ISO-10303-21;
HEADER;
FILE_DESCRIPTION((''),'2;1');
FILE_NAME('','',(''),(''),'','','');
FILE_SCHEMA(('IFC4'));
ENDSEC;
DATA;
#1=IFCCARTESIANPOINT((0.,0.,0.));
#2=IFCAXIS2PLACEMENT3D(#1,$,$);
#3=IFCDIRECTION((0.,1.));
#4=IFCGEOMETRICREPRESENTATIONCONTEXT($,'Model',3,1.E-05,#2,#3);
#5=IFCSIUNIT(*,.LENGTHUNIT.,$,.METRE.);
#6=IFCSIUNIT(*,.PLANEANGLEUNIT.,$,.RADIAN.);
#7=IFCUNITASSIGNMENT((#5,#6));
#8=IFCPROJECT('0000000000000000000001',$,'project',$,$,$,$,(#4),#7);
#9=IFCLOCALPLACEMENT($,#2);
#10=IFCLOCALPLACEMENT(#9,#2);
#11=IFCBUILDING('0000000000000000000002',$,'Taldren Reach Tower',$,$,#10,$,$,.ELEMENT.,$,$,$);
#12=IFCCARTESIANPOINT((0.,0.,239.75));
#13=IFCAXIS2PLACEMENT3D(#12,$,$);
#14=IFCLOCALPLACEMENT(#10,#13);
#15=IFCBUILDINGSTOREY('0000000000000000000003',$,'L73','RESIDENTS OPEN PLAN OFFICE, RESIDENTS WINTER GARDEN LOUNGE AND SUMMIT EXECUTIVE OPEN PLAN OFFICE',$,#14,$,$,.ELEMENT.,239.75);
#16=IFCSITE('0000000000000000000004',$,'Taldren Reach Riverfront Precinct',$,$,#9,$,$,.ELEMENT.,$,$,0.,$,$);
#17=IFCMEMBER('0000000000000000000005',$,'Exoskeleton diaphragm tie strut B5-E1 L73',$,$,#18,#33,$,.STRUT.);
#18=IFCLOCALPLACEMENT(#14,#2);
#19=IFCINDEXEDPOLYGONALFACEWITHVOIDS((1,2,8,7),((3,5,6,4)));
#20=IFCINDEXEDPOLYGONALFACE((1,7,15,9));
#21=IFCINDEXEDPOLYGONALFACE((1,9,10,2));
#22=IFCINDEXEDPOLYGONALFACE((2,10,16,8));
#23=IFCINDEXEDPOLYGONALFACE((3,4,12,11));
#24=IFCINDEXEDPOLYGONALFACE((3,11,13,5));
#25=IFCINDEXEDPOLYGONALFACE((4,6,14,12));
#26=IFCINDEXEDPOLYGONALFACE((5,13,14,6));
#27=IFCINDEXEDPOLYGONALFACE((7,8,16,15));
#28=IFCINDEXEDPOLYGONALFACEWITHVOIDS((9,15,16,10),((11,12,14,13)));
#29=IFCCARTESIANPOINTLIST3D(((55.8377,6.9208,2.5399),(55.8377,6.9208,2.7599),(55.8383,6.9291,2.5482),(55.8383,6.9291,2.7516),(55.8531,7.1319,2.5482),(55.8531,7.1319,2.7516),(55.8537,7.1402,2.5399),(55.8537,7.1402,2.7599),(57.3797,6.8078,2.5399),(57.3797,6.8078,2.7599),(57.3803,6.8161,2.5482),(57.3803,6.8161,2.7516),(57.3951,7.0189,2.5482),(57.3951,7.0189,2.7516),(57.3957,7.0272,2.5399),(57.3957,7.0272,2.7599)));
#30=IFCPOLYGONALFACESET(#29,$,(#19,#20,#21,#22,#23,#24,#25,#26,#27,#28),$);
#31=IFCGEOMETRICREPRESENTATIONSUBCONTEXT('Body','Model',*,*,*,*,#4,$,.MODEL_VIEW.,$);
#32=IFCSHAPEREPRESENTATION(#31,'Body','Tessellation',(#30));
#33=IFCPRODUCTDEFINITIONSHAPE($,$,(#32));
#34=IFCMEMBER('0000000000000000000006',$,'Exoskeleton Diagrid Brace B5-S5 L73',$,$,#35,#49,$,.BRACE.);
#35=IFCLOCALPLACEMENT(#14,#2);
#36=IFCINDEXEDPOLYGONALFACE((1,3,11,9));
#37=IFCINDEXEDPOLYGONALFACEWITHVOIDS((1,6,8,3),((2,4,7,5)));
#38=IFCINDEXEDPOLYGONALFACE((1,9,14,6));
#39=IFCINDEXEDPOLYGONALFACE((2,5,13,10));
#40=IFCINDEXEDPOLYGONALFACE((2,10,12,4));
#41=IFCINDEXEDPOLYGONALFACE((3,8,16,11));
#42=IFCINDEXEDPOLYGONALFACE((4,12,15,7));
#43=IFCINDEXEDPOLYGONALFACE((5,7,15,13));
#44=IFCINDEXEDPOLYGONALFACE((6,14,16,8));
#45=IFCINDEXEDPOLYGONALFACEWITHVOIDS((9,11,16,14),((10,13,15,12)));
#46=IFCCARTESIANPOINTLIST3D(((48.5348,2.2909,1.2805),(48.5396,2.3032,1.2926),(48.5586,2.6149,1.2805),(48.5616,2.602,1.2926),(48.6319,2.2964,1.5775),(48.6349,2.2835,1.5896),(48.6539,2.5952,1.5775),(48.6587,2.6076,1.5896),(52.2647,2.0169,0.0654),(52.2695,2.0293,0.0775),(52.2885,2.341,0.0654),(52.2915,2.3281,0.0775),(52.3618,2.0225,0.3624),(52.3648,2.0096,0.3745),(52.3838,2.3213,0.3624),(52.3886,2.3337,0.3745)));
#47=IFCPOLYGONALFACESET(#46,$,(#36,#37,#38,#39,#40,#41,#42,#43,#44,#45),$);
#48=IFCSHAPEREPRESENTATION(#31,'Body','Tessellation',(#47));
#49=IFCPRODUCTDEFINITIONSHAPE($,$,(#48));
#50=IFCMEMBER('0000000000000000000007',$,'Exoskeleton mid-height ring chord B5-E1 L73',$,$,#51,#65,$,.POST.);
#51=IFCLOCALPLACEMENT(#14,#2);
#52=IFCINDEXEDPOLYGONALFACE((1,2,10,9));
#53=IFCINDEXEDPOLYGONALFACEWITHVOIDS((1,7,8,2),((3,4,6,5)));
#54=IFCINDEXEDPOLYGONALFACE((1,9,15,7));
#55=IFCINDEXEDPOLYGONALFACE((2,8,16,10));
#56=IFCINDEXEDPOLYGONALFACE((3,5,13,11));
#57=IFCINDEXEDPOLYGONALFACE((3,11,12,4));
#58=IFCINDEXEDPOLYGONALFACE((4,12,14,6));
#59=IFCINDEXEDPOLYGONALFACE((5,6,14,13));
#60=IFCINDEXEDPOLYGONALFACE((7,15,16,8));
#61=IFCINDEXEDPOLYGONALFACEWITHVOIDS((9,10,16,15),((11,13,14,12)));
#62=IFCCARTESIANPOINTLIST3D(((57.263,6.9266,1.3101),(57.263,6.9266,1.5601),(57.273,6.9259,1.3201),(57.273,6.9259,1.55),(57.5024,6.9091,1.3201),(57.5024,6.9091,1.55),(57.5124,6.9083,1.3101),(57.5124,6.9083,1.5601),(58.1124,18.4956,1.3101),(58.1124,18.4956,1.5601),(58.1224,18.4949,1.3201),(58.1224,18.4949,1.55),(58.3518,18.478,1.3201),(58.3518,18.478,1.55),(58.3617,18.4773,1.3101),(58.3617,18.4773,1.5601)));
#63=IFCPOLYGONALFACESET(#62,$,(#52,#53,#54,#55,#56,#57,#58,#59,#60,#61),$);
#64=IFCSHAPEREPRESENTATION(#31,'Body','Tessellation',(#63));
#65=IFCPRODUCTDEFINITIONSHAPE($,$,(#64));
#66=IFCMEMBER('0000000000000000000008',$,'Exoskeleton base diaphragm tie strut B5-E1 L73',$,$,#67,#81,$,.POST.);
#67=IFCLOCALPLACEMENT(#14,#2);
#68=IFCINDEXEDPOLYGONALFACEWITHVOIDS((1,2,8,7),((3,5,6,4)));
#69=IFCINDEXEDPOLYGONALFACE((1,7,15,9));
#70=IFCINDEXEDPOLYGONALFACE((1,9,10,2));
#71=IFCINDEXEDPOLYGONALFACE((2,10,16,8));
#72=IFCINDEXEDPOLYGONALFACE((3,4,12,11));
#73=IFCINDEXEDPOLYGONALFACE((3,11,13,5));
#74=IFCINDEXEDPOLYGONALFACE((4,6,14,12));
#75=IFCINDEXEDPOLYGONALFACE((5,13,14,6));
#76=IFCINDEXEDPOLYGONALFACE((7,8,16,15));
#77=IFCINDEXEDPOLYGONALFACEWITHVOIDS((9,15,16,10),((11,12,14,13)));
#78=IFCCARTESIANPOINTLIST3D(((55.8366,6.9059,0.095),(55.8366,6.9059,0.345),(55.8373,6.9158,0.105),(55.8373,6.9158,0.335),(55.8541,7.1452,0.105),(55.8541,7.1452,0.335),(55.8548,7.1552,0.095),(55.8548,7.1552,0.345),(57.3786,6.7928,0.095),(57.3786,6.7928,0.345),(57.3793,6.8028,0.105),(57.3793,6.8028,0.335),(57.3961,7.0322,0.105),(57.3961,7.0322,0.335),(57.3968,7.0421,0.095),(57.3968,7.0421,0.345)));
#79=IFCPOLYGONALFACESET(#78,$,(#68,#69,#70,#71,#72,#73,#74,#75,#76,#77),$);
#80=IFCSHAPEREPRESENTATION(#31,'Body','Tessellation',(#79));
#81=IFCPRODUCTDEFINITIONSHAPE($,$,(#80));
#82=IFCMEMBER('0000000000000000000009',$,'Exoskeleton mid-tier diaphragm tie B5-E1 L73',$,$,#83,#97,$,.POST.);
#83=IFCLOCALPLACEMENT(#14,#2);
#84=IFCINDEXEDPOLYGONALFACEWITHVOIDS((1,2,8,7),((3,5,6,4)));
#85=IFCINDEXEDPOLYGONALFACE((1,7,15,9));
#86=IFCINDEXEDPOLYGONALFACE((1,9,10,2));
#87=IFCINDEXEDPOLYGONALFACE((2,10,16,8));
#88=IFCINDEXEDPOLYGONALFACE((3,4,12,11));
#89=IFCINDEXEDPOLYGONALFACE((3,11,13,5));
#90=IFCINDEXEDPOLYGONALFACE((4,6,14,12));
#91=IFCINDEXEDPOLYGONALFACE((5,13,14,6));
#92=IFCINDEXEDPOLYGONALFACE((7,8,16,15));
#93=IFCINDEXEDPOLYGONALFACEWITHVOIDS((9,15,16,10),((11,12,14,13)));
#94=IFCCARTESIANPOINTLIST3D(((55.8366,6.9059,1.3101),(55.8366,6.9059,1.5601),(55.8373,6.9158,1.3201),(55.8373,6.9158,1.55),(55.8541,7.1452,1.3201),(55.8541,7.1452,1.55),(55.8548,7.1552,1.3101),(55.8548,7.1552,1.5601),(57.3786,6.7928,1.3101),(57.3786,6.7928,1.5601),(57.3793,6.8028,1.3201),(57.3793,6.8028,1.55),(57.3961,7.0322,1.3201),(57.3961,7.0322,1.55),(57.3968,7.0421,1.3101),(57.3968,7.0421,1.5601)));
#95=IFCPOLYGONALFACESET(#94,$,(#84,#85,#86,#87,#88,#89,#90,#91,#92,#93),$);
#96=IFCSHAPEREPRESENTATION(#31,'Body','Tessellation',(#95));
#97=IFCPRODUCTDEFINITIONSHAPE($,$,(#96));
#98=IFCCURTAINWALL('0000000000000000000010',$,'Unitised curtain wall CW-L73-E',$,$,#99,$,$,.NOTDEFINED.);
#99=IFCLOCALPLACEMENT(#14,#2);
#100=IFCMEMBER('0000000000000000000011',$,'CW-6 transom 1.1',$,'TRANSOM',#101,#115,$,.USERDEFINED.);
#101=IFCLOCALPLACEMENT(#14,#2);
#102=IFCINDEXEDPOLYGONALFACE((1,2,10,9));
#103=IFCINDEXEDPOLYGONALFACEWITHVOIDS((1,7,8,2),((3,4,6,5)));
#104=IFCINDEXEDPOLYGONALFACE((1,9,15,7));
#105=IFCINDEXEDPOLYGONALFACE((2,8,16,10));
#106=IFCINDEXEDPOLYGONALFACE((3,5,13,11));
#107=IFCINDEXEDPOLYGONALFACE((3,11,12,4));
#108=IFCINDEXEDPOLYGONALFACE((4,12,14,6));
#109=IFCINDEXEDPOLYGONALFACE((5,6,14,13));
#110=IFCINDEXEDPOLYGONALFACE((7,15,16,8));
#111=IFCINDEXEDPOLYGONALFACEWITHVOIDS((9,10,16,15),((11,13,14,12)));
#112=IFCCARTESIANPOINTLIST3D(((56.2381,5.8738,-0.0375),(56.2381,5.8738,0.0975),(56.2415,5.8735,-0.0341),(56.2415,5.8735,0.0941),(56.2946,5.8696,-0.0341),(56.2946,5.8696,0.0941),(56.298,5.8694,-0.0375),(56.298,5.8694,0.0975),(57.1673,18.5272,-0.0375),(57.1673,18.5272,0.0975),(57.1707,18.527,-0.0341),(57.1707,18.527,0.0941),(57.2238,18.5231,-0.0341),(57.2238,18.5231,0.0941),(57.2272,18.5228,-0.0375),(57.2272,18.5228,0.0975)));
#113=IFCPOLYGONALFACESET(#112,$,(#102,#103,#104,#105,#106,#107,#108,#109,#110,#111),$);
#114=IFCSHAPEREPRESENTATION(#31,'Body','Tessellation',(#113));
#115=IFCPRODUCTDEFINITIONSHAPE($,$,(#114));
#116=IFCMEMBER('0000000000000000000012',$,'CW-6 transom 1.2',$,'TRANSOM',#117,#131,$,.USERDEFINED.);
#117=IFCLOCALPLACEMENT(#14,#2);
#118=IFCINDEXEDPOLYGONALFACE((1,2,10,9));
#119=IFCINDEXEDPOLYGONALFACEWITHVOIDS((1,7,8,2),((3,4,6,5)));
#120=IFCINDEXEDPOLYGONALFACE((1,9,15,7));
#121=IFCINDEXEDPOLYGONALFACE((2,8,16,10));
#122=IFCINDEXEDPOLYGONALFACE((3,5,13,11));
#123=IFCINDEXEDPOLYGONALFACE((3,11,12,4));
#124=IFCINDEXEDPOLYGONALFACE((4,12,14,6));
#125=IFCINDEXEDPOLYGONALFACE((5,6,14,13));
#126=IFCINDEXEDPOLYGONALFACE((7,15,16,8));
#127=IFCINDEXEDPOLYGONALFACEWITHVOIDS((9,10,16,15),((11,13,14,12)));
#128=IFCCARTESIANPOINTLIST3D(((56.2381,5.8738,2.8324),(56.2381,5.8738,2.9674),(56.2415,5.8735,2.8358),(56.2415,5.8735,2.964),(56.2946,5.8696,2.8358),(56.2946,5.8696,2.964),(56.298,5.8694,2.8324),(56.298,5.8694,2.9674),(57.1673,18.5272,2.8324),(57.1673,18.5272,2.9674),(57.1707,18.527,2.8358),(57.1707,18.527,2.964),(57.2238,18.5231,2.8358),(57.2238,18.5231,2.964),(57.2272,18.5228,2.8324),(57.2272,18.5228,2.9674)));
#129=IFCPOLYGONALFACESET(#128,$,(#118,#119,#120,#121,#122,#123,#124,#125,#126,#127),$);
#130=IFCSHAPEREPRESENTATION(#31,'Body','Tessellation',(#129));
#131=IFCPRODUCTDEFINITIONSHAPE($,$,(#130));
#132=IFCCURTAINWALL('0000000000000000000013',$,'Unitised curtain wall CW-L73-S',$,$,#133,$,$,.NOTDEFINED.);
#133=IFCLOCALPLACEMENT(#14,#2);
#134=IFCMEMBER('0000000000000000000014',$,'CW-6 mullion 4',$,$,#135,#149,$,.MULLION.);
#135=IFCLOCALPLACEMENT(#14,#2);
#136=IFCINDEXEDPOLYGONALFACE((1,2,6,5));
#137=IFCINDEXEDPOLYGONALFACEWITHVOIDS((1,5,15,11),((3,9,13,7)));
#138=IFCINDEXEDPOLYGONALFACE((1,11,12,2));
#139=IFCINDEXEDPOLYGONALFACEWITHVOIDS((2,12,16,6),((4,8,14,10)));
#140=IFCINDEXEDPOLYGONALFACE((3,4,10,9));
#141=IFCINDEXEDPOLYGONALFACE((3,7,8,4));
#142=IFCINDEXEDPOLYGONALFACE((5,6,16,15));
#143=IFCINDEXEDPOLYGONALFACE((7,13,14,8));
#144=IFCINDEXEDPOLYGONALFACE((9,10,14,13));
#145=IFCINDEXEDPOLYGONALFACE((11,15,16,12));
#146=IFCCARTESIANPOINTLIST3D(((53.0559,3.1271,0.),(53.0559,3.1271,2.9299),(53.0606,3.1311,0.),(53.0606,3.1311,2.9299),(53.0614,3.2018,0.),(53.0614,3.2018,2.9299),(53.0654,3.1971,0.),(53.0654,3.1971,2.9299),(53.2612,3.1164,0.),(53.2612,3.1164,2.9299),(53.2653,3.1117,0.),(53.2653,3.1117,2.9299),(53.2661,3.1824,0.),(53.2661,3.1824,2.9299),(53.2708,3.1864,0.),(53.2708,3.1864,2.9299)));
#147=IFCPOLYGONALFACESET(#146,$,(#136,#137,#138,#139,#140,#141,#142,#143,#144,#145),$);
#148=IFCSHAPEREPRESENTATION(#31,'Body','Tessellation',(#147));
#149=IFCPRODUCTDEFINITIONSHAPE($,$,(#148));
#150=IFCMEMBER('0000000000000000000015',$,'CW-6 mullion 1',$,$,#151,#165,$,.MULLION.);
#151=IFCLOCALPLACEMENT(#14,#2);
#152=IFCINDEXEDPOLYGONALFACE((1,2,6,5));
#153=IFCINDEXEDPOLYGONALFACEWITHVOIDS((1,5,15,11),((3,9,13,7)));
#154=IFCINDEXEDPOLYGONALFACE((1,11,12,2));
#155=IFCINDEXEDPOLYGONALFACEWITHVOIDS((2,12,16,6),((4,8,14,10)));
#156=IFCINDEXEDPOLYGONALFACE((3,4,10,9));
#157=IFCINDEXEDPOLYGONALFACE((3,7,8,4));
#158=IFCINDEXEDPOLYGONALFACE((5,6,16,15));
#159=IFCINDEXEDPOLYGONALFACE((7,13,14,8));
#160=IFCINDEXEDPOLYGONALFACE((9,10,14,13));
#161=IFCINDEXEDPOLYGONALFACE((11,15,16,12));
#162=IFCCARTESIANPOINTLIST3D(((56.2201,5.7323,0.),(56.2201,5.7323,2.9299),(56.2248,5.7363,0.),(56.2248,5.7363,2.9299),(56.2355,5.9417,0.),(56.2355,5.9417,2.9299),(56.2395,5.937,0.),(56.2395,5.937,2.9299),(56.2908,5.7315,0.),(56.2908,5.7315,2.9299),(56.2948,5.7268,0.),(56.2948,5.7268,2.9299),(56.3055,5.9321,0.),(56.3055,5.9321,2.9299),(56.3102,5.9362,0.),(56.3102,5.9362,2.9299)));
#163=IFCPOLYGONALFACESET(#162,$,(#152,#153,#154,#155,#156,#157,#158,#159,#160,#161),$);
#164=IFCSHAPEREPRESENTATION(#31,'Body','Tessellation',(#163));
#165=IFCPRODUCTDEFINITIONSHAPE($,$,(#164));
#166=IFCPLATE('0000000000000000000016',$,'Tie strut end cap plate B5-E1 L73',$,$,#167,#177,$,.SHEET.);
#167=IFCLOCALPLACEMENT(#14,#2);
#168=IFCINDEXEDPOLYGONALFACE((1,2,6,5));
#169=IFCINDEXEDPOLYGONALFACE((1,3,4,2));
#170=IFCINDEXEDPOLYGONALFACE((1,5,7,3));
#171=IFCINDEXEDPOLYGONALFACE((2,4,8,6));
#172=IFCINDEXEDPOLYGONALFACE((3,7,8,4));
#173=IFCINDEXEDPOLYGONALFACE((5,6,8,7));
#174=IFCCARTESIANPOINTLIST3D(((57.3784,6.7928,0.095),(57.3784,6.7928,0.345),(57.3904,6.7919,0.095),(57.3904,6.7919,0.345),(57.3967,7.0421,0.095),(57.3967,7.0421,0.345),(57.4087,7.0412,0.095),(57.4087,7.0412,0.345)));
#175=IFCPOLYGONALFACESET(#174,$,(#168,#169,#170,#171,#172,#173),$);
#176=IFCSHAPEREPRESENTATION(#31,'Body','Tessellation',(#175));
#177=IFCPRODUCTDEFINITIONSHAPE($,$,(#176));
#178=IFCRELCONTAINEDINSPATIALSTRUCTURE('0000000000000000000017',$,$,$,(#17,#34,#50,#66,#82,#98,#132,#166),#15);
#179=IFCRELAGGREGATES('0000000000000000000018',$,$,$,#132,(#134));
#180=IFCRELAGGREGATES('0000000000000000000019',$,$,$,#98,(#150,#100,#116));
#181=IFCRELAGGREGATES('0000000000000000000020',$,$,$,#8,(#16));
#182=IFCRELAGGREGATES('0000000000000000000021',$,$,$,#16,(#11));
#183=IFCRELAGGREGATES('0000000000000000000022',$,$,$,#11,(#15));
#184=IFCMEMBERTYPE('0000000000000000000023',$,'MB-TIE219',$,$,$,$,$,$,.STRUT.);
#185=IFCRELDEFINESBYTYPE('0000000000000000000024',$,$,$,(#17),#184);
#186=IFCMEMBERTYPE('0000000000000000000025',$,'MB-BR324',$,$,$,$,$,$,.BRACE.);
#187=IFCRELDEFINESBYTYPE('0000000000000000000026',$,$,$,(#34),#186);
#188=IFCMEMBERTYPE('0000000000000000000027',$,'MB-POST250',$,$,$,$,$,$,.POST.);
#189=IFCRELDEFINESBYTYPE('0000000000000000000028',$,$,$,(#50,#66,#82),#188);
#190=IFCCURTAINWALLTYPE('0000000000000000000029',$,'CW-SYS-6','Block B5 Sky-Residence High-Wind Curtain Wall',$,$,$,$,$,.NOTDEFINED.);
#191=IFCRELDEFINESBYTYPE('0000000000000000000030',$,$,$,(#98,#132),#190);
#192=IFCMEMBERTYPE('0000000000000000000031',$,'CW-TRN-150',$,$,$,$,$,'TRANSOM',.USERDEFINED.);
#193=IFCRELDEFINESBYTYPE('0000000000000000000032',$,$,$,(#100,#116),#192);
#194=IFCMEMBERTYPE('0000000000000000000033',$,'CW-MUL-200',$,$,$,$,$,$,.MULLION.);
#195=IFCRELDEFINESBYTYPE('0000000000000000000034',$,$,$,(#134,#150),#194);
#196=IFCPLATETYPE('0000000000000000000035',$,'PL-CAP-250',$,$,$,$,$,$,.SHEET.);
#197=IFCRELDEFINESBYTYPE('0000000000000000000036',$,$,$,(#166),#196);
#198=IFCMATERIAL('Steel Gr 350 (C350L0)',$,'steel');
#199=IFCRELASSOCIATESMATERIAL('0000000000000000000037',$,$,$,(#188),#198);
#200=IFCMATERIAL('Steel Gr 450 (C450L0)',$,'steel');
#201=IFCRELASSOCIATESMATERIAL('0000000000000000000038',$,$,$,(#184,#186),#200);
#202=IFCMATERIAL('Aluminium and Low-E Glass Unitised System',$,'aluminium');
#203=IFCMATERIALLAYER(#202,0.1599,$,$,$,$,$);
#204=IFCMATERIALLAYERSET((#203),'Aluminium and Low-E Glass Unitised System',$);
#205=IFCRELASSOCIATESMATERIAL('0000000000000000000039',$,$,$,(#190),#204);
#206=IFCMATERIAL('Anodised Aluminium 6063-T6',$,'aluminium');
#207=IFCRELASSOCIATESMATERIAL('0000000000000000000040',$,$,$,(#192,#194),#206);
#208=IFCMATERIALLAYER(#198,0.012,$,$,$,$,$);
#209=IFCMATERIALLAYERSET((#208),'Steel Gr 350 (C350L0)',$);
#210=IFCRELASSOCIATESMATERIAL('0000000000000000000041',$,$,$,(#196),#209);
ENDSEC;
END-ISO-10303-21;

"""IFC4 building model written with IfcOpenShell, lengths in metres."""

from ifc_helpers import new_model, si_unit, direction, frame, origin, origin_2d, place, context, subcontext, project, spatial, rectangle, hollow_rectangle, extrude, source, transform, mapped, material, layer, layer_set, material_profile, profile_set, type_object, element, aggregate, save


model = new_model("IFC4")

# Units and contexts
model_context = context("Model", 3, precision=1e-05, world=origin(), true_north=direction((0.0, 1.0)))
body_context = subcontext(model_context, "Body", "Model", "MODEL_VIEW")
ifc_project = project(units=[si_unit("LENGTHUNIT", "METRE"), si_unit("PLANEANGLEUNIT", "RADIAN")], contexts=[model_context])

# Site, building, storey
site_placement = place(None, origin())
site = spatial("IfcSite", under=ifc_project, at=site_placement, Name="Taldren Reach Riverfront Precinct", CompositionType="ELEMENT", RefElevation=0.0)
building_placement = place(site_placement, origin())
building = spatial("IfcBuilding", under=site, at=building_placement, Name="Taldren Reach Tower", CompositionType="ELEMENT")
storey_placement = place(building_placement, frame((0.0, 0.0, 239.75)))
storey = spatial("IfcBuildingStorey", under=building, at=storey_placement, Name="L73", Description="RESIDENTS OPEN PLAN OFFICE, RESIDENTS WINTER GARDEN LOUNGE AND SUMMIT EXECUTIVE OPEN PLAN OFFICE", CompositionType="ELEMENT", Elevation=239.75)

# Shared definitions
ifc_material_1 = material(Name="Steel Gr 350 (C350L0)", Category="steel")

# Shared definitions
ifc_material_profile_1 = material_profile(ifc_material_1, hollow_rectangle(XDim=0.25, YDim=0.25, WallThickness=0.01, at=origin_2d()), Name="250x250x10.0SHS")
ifc_profile_set_1 = profile_set([ifc_material_profile_1], Name="Steel Gr 350 (C350L0)")
member_type_1 = type_object("IfcMemberType", Name="MB-POST250", PredefinedType="POST", material=ifc_profile_set_1)
ifc_material_2 = material(Name="Steel Gr 450 (C450L0)", Category="steel")
ifc_material_profile_2 = material_profile(ifc_material_2, hollow_rectangle(XDim=0.22, YDim=0.22, WallThickness=0.0083, at=origin_2d()), Name="220x220x8.2SHS")
ifc_profile_set_2 = profile_set([ifc_material_profile_2], Name="Steel Gr 450 (C450L0)")
member_type_2 = type_object("IfcMemberType", Name="MB-TIE219", PredefinedType="STRUT", material=ifc_profile_set_2)

# Members
shared_shape_1 = source(origin(), body_context, "Body", "SweptSolid", [
    extrude(hollow_rectangle(XDim=0.22, YDim=0.22, WallThickness=0.0083, at=origin_2d()), origin(), (0.0, 0.0, 1.0), 1.5461),
])
member_1_placement = place(storey_placement, frame((55.8457, 7.0305, 2.6499), z_axis=(0.997324, -0.07311, 0.0), x_axis=(0.07311, 0.997324, 0.0)))
element("IfcMember", 1, at=member_1_placement, inside=storey, type_object=member_type_2, Name="Exoskeleton diaphragm tie strut B5-E1 L73", PredefinedType="STRUT", context=body_context, shape_type="MappedRepresentation", body=[
    mapped(shared_shape_1, transform((0.0, 0.0, 0.0), scale=1.0)),
])
ifc_material_profile_3 = material_profile(ifc_material_2, hollow_rectangle(XDim=0.325, YDim=0.325, WallThickness=0.0127, at=origin_2d()), Name="325x325x12.7SHS")
ifc_profile_set_3 = profile_set([ifc_material_profile_3], Name="Steel Gr 450 (C450L0)")
member_type_3 = type_object("IfcMemberType", Name="MB-BR324", PredefinedType="BRACE", material=ifc_profile_set_3)
shared_shape_2 = source(origin(), body_context, "Body", "SweptSolid", [
    extrude(hollow_rectangle(XDim=0.325, YDim=0.325, WallThickness=0.0127, at=origin_2d()), origin(), (0.0, 0.0, 1.0), 3.9324),
])
member_2_placement = place(storey_placement, frame((52.3267, 2.1753, 0.22), z_axis=(-0.948511, 0.069658, 0.308989), x_axis=(-0.073242, -0.997314, 0.0)))
element("IfcMember", 2, at=member_2_placement, inside=storey, type_object=member_type_3, Name="Exoskeleton Diagrid Brace B5-S5 L73", PredefinedType="BRACE", context=body_context, shape_type="MappedRepresentation", body=[
    mapped(shared_shape_2, transform((0.0, 0.0, 0.0), scale=1.0)),
])
shared_shape_3 = source(origin(), body_context, "Body", "SweptSolid", [
    extrude(hollow_rectangle(XDim=0.25, YDim=0.25, WallThickness=0.01, at=origin_2d()), origin(), (0.0, 0.0, 1.0), 11.6001),
])
member_3_placement = place(storey_placement, frame((57.3877, 6.9175, 1.4351), z_axis=(0.073221, 0.997316, 0.0), x_axis=(-0.997316, 0.073221, 0.0)))
element("IfcMember", 3, at=member_3_placement, inside=storey, type_object=member_type_1, Name="Exoskeleton mid-height ring chord B5-E1 L73", PredefinedType="POST", context=body_context, shape_type="MappedRepresentation", body=[
    mapped(shared_shape_3, transform((0.0, 0.0, 0.0), scale=1.0)),
])
shared_shape_4 = source(origin(), body_context, "Body", "SweptSolid", [
    extrude(hollow_rectangle(XDim=0.25, YDim=0.25, WallThickness=0.01, at=origin_2d()), origin(), (0.0, 0.0, 1.0), 1.5461),
])
for number, where, z_axis, x_axis, name in (
    (4, (55.8457, 7.0305, 0.22), (0.997324, -0.07311, 0.0), (0.07311, 0.997324, 0.0), "Exoskeleton base diaphragm tie strut B5-E1 L73"),
    (5, (55.8457, 7.0305, 1.4351), (0.997324, -0.07311, 0.0), (0.07311, 0.997324, 0.0), "Exoskeleton mid-tier diaphragm tie B5-E1 L73"),
):
    element("IfcMember", number, at=place(storey_placement, frame(where, z_axis=z_axis, x_axis=x_axis)), inside=storey, type_object=member_type_1, Name=name, PredefinedType="POST", context=body_context, shape_type="MappedRepresentation", body=[
        mapped(shared_shape_4, transform((0.0, 0.0, 0.0), scale=1.0)),
    ])

# Curtain wall, members
ifc_material_3 = material(Name="Aluminium and Low-E Glass Unitised System", Category="aluminium")
ifc_layer_1 = layer(ifc_material_3, 0.1599)
ifc_layer_set_1 = layer_set([ifc_layer_1], Name="Aluminium and Low-E Glass Unitised System")
curtain_wall_type = type_object("IfcCurtainWallType", Name="CW-SYS-6", Description="Block B5 Sky-Residence High-Wind Curtain Wall", PredefinedType="NOTDEFINED", material=ifc_layer_set_1)
curtain_wall_1_placement = place(storey_placement, origin())
curtain_wall_1 = element("IfcCurtainWall", 6, at=curtain_wall_1_placement, inside=storey, type_object=curtain_wall_type, Name="Unitised curtain wall CW-L73-E", PredefinedType="NOTDEFINED")
ifc_material_4 = material(Name="Anodised Aluminium 6063-T6", Category="aluminium")
ifc_material_profile_4 = material_profile(ifc_material_4, hollow_rectangle(XDim=0.0601, YDim=0.135, WallThickness=0.0034, at=origin_2d()), Name="ALU-135x60x3.5RHS")
ifc_profile_set_4 = profile_set([ifc_material_profile_4], Name="Anodised Aluminium 6063-T6")
member_type_4 = type_object("IfcMemberType", Name="CW-TRN-150", ElementType="TRANSOM", PredefinedType="USERDEFINED", material=ifc_profile_set_4)
shared_shape_5 = source(origin(), body_context, "Body", "SweptSolid", [
    extrude(hollow_rectangle(XDim=0.0601, YDim=0.135, WallThickness=0.0034, at=origin_2d()), origin(), (0.0, 0.0, 1.0), 12.6875),
])
member_4_placement = place(storey_placement, frame((56.2681, 5.8716, 0.03), z_axis=(0.073238, 0.997314, 0.0), x_axis=(-0.997314, 0.073238, 0.0)))
member_4 = element("IfcMember", 7, at=member_4_placement, type_object=member_type_4, Name="CW-6 transom 1.1", ObjectType="TRANSOM", PredefinedType="USERDEFINED", context=body_context, shape_type="MappedRepresentation", body=[
    mapped(shared_shape_5, transform((0.0, 0.0, 0.0), scale=1.0)),
])
member_5_placement = place(storey_placement, frame((56.2681, 5.8716, 2.8999), z_axis=(0.073238, 0.997314, 0.0), x_axis=(-0.997314, 0.073238, 0.0)))
member_5 = element("IfcMember", 8, at=member_5_placement, type_object=member_type_4, Name="CW-6 transom 1.2", ObjectType="TRANSOM", PredefinedType="USERDEFINED", context=body_context, shape_type="MappedRepresentation", body=[
    mapped(shared_shape_5, transform((0.0, 0.0, 0.0), scale=1.0)),
])

# Curtain wall, member
curtain_wall_2_placement = place(storey_placement, origin())
curtain_wall_2 = element("IfcCurtainWall", 9, at=curtain_wall_2_placement, inside=storey, type_object=curtain_wall_type, Name="Unitised curtain wall CW-L73-S", PredefinedType="NOTDEFINED")
ifc_material_profile_5 = material_profile(ifc_material_4, hollow_rectangle(XDim=0.075, YDim=0.21, WallThickness=0.0044, at=origin_2d()), Name="ALU-210x75x4.5RHS")
ifc_profile_set_5 = profile_set([ifc_material_profile_5], Name="Anodised Aluminium 6063-T6")
member_type_5 = type_object("IfcMemberType", Name="CW-MUL-200", PredefinedType="MULLION", material=ifc_profile_set_5)
shared_shape_6 = source(origin(), body_context, "Body", "SweptSolid", [
    extrude(hollow_rectangle(XDim=0.075, YDim=0.21, WallThickness=0.0044, at=origin_2d()), origin(), (0.0, 0.0, 1.0), 2.9299),
])
member_6_placement = place(storey_placement, frame((53.1633, 3.1567, 0.0), z_axis=(0.0, 0.0, 1.0), x_axis=(0.073238, 0.997314, 0.0)))
member_6 = element("IfcMember", 10, at=member_6_placement, type_object=member_type_5, Name="CW-6 mullion 4", PredefinedType="MULLION", context=body_context, shape_type="MappedRepresentation", body=[
    mapped(shared_shape_6, transform((0.0, 0.0, 0.0), scale=1.0)),
])
aggregate(curtain_wall_2, [member_6])

# Member
member_7_placement = place(storey_placement, frame((56.2651, 5.8342, 0.0), z_axis=(0.0, 0.0, 1.0), x_axis=(-0.997314, 0.073238, 0.0)))
member_7 = element("IfcMember", 11, at=member_7_placement, type_object=member_type_5, Name="CW-6 mullion 1", PredefinedType="MULLION", context=body_context, shape_type="MappedRepresentation", body=[
    mapped(shared_shape_6, transform((0.0, 0.0, 0.0), scale=1.0)),
])

# Plate
ifc_layer_2 = layer(ifc_material_1, 0.012)
ifc_layer_set_2 = layer_set([ifc_layer_2], Name="Steel Gr 350 (C350L0)")
plate_type_1 = type_object("IfcPlateType", Name="PL-CAP-250", PredefinedType="SHEET", material=ifc_layer_set_2)
shared_shape_7 = source(origin(), body_context, "Body", "SweptSolid", [
    extrude(rectangle(XDim=0.012, YDim=0.25, at=origin_2d()), origin(), (0.0, 0.0, 1.0), 0.25),
])
plate_1_placement = place(storey_placement, frame((57.3936, 6.917, 0.095), z_axis=(0.0, 0.0, 1.0), x_axis=(0.997314, -0.073238, 0.0)))
element("IfcPlate", 12, at=plate_1_placement, inside=storey, type_object=plate_type_1, Name="Tie strut end cap plate B5-E1 L73", PredefinedType="SHEET", context=body_context, shape_type="MappedRepresentation", body=[
    mapped(shared_shape_7, transform((0.0, 0.0, 0.0), scale=1.0)),
])

aggregate(curtain_wall_1, [member_7, member_4, member_5])

save(model, "model.ifc")
